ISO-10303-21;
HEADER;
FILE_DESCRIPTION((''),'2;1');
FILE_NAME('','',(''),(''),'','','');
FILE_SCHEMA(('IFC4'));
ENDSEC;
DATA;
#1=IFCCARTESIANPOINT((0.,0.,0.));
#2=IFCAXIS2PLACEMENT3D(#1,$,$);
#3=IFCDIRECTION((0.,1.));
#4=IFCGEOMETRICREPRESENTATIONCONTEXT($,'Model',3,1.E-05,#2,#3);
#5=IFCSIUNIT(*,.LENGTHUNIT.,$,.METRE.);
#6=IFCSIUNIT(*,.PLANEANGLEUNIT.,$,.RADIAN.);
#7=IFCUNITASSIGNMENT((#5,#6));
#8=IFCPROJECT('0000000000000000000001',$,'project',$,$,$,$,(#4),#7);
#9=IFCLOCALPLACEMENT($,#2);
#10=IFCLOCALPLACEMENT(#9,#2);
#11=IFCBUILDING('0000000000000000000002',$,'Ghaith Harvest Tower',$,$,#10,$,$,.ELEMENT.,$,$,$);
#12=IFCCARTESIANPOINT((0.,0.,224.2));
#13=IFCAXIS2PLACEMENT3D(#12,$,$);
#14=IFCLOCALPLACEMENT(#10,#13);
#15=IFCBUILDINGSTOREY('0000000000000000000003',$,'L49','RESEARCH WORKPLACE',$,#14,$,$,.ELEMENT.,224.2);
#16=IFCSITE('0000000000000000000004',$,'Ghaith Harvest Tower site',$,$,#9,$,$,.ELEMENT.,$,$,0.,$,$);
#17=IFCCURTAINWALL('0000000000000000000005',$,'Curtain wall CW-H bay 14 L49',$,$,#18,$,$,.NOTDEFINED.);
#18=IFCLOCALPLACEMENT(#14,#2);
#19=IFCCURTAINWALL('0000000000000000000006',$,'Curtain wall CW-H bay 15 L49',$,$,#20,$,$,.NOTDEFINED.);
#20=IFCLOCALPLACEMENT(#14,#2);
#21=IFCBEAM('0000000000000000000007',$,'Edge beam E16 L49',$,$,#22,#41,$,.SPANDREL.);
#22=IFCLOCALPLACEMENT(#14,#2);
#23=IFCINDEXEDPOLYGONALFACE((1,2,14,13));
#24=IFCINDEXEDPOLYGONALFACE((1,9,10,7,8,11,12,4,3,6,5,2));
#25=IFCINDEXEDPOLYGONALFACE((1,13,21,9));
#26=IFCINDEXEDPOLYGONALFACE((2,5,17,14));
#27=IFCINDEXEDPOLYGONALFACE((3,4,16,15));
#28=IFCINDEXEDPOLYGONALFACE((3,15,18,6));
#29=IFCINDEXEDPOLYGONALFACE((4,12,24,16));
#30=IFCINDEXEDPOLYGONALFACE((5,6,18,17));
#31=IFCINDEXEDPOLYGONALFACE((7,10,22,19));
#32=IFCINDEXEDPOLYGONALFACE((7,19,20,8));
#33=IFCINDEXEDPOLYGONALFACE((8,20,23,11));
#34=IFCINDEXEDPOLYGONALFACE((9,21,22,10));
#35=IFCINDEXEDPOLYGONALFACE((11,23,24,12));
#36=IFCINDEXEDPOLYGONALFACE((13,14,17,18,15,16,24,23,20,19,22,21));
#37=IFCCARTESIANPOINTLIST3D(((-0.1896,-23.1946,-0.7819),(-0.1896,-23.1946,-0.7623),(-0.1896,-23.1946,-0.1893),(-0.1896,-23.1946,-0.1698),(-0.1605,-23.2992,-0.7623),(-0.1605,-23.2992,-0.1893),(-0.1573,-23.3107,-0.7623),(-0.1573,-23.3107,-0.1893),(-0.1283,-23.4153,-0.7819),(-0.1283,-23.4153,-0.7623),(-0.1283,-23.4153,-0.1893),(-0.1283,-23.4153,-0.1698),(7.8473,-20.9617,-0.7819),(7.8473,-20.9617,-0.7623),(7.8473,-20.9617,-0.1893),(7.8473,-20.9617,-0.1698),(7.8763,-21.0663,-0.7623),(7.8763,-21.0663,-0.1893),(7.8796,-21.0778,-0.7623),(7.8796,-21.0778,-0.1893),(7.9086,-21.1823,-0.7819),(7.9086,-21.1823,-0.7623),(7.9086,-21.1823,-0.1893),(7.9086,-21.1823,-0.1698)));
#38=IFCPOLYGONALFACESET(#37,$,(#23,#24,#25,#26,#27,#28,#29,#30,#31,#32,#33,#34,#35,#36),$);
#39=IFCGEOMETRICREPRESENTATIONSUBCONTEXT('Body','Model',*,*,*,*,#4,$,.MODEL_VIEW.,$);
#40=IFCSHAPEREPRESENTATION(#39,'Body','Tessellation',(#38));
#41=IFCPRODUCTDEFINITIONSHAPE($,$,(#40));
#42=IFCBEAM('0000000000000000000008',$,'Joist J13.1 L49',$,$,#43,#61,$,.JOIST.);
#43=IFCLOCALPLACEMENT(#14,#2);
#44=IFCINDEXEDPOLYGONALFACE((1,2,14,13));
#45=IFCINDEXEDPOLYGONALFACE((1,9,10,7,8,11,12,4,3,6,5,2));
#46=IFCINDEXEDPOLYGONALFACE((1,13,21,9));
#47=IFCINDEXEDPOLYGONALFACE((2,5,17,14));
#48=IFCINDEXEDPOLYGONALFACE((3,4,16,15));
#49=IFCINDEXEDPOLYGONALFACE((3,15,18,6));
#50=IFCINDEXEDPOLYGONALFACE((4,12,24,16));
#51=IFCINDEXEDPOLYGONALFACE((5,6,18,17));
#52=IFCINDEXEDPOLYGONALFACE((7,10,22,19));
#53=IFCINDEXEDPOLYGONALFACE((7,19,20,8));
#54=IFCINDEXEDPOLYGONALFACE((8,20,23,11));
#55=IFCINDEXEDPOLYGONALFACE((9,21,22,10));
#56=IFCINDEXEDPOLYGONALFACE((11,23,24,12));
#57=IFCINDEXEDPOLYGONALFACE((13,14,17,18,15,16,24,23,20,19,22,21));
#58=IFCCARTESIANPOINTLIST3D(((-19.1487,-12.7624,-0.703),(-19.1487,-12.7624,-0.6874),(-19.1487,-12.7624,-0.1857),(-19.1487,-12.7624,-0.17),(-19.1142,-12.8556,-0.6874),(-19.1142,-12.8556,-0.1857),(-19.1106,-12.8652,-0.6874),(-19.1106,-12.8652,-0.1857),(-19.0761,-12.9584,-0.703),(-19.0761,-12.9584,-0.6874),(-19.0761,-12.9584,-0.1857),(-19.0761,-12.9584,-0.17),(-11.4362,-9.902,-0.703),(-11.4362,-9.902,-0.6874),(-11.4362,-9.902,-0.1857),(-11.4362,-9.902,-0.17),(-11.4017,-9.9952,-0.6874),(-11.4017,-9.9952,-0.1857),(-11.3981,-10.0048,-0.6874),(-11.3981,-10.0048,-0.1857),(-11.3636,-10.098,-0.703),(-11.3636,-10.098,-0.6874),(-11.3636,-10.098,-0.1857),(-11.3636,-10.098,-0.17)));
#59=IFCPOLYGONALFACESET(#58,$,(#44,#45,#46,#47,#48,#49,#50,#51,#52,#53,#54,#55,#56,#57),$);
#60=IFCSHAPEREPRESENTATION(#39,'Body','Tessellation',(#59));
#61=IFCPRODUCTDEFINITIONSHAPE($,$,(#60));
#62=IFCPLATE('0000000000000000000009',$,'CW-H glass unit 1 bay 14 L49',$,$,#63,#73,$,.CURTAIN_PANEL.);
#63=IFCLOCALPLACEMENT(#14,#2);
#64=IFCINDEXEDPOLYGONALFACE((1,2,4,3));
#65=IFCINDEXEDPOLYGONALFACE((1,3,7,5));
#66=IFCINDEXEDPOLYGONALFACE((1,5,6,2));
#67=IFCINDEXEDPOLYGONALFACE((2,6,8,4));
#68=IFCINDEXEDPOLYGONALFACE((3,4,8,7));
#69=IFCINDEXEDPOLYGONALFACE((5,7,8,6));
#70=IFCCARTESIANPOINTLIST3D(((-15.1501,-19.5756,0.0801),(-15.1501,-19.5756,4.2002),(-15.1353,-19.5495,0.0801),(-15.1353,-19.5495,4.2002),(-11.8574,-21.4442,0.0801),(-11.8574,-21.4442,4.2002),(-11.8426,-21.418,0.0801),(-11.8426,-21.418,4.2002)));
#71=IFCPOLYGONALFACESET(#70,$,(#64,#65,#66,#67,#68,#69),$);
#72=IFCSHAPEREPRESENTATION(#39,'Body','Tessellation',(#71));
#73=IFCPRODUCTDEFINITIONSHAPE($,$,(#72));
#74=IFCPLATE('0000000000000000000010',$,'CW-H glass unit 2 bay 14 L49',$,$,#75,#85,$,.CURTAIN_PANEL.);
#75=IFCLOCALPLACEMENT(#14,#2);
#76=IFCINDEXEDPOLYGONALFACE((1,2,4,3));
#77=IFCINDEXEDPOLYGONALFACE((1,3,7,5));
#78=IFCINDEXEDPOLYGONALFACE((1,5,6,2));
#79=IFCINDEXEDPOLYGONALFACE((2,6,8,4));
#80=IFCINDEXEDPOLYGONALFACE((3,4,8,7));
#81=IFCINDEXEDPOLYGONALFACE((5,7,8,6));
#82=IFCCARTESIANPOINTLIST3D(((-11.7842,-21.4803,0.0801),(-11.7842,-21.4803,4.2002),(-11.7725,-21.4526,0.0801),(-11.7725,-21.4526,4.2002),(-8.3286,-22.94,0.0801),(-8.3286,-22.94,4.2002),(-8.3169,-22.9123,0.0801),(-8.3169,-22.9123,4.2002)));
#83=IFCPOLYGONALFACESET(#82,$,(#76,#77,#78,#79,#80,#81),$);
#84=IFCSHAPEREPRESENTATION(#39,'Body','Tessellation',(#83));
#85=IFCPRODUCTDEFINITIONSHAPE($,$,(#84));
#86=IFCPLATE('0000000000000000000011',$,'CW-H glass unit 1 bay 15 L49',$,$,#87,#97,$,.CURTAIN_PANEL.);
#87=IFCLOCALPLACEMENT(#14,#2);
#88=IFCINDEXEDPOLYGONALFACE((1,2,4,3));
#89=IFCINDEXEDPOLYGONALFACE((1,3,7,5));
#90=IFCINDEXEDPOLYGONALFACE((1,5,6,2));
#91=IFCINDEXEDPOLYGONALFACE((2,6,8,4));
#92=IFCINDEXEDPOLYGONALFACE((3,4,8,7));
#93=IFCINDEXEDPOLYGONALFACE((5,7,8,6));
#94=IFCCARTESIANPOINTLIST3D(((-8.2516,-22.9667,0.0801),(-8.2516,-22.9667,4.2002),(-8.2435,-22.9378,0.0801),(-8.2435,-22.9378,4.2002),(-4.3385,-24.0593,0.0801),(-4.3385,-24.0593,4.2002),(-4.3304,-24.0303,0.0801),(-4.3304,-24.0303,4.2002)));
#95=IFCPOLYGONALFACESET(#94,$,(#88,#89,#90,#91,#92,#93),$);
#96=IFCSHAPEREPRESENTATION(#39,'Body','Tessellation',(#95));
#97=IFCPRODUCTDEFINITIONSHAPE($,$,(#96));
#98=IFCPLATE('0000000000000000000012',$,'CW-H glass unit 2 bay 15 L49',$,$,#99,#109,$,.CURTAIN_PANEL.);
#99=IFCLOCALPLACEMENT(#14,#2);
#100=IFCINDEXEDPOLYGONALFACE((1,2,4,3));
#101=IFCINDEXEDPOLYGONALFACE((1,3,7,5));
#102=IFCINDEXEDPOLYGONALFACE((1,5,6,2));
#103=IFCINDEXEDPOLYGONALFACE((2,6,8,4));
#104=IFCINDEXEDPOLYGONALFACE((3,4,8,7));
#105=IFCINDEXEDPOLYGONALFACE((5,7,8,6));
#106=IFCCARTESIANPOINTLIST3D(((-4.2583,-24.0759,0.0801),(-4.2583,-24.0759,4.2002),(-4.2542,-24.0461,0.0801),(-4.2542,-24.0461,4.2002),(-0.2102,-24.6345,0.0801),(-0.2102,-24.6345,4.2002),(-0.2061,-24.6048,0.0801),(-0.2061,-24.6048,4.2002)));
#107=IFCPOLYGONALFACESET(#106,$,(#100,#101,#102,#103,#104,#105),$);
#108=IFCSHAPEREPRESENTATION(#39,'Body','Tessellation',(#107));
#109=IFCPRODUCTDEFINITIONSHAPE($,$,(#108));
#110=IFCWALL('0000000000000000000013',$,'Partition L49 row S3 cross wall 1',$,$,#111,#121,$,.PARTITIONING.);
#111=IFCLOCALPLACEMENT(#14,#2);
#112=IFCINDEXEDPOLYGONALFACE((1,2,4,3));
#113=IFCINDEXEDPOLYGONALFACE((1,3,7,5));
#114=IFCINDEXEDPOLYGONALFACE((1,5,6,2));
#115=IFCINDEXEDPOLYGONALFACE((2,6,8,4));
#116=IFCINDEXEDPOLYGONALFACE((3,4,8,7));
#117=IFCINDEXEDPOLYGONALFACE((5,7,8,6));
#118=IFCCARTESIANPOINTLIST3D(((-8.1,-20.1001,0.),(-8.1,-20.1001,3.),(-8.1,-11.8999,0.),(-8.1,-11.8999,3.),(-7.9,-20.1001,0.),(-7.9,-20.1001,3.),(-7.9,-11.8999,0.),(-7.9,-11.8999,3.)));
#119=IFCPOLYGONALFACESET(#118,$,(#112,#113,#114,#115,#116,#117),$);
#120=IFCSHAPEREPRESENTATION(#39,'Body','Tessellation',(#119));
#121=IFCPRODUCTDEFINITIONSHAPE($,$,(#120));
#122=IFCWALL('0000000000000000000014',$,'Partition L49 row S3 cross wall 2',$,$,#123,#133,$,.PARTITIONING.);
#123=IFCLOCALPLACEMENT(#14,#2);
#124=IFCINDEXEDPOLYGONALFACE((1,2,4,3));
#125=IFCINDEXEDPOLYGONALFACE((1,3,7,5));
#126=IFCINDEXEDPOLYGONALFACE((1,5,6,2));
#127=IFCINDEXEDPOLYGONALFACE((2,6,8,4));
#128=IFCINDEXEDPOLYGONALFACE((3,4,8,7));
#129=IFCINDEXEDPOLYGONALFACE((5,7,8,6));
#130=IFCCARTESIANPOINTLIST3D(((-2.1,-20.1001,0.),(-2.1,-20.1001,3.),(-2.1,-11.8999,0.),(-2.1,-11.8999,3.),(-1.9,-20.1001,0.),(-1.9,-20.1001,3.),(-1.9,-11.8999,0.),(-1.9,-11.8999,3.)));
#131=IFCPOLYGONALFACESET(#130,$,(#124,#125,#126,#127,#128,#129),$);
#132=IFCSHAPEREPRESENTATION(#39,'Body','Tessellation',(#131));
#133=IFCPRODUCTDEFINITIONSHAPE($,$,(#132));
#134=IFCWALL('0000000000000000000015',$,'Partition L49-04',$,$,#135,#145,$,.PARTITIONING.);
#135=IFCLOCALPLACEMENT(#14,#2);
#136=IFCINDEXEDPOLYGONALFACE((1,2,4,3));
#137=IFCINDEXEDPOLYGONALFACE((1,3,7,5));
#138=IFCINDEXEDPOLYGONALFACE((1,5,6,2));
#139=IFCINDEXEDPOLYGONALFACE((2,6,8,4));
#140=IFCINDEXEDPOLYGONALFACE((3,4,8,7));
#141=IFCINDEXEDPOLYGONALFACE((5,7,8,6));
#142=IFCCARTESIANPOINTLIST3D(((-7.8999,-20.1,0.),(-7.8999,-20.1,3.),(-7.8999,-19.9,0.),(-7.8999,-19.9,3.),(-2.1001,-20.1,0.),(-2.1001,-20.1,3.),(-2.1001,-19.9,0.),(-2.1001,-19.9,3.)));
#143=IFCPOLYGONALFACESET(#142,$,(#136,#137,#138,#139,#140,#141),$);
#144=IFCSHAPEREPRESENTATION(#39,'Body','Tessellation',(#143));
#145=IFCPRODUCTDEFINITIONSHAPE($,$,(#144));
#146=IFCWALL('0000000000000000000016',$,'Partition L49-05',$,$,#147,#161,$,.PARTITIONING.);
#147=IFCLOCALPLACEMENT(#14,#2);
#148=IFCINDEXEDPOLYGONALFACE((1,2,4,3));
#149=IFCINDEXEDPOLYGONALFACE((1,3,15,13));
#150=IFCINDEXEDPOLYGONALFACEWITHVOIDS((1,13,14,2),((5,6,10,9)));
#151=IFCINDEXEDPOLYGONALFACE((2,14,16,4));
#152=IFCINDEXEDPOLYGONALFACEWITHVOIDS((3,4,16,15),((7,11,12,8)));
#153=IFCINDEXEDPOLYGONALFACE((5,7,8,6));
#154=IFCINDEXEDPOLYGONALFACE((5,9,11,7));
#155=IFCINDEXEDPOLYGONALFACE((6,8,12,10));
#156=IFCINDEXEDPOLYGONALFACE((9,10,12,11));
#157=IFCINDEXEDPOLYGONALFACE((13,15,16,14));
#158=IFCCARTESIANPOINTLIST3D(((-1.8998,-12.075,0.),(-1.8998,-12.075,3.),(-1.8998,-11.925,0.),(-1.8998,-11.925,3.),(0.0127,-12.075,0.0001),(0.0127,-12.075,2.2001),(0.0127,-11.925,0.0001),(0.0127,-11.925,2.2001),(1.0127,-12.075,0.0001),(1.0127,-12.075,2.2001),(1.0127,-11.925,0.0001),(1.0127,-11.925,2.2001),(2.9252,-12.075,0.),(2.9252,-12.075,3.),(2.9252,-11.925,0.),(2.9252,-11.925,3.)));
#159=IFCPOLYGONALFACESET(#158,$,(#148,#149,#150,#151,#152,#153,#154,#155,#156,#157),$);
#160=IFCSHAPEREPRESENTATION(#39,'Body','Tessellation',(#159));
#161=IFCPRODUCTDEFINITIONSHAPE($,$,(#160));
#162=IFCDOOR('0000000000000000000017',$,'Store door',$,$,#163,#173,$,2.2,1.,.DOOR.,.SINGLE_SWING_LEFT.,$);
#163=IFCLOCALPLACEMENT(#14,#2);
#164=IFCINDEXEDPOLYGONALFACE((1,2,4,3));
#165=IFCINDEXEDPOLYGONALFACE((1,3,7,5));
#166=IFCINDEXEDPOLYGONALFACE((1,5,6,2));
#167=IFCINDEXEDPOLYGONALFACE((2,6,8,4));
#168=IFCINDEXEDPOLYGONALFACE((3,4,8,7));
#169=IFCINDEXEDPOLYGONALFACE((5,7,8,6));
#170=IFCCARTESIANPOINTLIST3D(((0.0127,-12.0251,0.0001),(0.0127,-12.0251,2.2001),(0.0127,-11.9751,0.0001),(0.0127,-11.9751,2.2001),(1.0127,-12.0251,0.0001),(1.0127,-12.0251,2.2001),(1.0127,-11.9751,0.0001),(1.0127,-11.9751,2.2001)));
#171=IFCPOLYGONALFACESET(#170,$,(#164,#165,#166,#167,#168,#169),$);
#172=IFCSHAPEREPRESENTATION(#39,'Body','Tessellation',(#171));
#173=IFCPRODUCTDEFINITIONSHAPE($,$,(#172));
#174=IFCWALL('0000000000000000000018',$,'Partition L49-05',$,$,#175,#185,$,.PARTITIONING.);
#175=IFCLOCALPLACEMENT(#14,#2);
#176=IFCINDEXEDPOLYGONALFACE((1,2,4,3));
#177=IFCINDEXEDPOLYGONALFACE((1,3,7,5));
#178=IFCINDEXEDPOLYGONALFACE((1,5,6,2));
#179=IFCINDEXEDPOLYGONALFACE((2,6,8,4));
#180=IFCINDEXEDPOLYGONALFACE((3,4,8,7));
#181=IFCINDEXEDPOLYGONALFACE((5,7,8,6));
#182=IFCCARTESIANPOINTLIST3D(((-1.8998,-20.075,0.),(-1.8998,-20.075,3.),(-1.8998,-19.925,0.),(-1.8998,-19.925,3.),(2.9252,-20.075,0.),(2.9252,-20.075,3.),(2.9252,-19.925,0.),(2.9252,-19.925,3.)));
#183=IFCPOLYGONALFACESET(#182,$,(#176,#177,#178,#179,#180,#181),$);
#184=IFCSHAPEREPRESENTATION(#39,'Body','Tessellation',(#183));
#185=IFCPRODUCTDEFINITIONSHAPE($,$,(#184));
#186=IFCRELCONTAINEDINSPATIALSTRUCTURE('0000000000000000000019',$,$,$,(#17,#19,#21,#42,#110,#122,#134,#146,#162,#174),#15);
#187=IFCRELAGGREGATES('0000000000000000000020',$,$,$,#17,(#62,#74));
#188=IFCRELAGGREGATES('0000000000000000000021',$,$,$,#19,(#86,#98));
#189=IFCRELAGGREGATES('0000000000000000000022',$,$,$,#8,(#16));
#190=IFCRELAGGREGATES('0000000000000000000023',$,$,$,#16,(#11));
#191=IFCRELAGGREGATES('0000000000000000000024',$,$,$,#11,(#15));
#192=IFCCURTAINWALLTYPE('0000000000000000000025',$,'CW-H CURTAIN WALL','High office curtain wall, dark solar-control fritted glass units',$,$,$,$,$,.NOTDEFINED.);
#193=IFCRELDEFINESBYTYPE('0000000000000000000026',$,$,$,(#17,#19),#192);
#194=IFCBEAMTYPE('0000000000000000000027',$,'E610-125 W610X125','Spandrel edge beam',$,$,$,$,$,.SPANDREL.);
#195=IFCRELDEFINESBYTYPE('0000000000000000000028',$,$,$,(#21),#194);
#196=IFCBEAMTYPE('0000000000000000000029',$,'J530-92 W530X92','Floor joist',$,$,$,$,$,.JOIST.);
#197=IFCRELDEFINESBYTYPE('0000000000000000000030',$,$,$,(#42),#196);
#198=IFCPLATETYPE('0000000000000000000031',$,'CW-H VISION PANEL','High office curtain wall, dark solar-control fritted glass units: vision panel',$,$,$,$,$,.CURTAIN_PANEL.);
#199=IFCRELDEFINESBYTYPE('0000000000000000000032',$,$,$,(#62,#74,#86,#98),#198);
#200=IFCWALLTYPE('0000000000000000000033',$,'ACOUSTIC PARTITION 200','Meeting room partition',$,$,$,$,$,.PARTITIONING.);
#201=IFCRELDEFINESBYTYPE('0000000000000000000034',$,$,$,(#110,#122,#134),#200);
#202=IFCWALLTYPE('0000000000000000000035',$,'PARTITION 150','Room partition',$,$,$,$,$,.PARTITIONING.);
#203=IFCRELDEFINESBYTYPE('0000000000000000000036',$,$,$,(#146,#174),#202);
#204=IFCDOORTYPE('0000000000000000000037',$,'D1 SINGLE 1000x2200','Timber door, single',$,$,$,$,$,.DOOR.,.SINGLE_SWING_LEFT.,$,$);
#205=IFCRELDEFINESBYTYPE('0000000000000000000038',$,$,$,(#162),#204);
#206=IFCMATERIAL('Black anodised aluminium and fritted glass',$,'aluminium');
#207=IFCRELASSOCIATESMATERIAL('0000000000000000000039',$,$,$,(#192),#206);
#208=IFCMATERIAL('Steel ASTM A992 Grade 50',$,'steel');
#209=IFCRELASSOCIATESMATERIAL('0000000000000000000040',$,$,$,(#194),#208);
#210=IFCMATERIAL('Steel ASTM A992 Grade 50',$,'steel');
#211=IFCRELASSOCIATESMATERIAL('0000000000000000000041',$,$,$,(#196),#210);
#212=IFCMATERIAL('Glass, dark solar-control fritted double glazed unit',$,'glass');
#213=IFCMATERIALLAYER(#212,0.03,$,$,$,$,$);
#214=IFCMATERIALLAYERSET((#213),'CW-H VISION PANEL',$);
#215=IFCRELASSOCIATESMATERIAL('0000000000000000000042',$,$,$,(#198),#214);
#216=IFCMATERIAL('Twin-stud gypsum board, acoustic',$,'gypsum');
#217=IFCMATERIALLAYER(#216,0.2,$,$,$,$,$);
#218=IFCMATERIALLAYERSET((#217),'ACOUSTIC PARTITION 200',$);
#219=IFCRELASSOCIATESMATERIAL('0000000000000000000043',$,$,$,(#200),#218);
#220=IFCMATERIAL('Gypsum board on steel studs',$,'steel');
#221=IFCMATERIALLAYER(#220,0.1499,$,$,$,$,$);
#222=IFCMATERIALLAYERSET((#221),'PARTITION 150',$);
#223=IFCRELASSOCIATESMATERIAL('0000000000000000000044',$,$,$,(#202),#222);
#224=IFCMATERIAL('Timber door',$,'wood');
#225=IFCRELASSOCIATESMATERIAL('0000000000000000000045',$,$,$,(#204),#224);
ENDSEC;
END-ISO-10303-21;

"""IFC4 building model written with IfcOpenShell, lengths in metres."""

from ifc_helpers import new_model, si_unit, direction, frame, frame_2d, origin, origin_2d, place, context, subcontext, project, spatial, rectangle, i_section, extrude, material, layer, layer_set, material_profile, profile_set, type_object, element, fill, aggregate, save


model = new_model("IFC4")

# Units and contexts
model_context = context("Model", 3, precision=1e-05, world=origin(), true_north=direction((0.0, 1.0)))
body_context = subcontext(model_context, "Body", "Model", "MODEL_VIEW")
ifc_project = project(units=[si_unit("LENGTHUNIT", "METRE"), si_unit("PLANEANGLEUNIT", "RADIAN")], contexts=[model_context])

# Site, building, storey
site_placement = place(None, origin())
site = spatial("IfcSite", under=ifc_project, at=site_placement, Name="Ghaith Harvest Tower site", CompositionType="ELEMENT", RefElevation=0.0)
building_placement = place(site_placement, origin())
building = spatial("IfcBuilding", under=site, at=building_placement, Name="Ghaith Harvest Tower", CompositionType="ELEMENT")
storey_placement = place(building_placement, frame((0.0, 0.0, 224.2)))
storey = spatial("IfcBuildingStorey", under=building, at=storey_placement, Name="L49", Description="RESEARCH WORKPLACE", CompositionType="ELEMENT", Elevation=224.2)

# Curtain wall
ifc_material_1 = material(Name="Black anodised aluminium and fritted glass", Category="aluminium")
curtain_wall_type = type_object("IfcCurtainWallType", Name="CW-H CURTAIN WALL", Description="High office curtain wall, dark solar-control fritted glass units", PredefinedType="NOTDEFINED", material=ifc_material_1)
curtain_wall_1_placement = place(storey_placement, origin())
curtain_wall_1 = element("IfcCurtainWall", 1, at=curtain_wall_1_placement, inside=storey, type_object=curtain_wall_type, Name="Curtain wall CW-H bay 14 L49", PredefinedType="NOTDEFINED")

# Curtain wall
curtain_wall_2_placement = place(storey_placement, origin())
curtain_wall_2 = element("IfcCurtainWall", 2, at=curtain_wall_2_placement, inside=storey, type_object=curtain_wall_type, Name="Curtain wall CW-H bay 15 L49", PredefinedType="NOTDEFINED")

# Beams
ifc_material_2 = material(Name="Steel ASTM A992 Grade 50", Category="steel")
ifc_material_profile_1 = material_profile(ifc_material_2, i_section(OverallWidth=0.229, OverallDepth=0.6121, WebThickness=0.012, FlangeThickness=0.0195, at=origin_2d()), Name="W610X125")
ifc_profile_set_1 = profile_set([ifc_material_profile_1], Name="Steel ASTM A992 Grade 50")
beam_type_1 = type_object("IfcBeamType", Name="E610-125 W610X125", Description="Spandrel edge beam", PredefinedType="SPANDREL", material=ifc_profile_set_1)
beam_1_placement = place(storey_placement, frame((-0.1589, -23.3049, -0.4758), z_axis=(0.963504, 0.267694, 0.0), x_axis=(-0.267694, 0.963504, 0.0)))
element("IfcBeam", 3, at=beam_1_placement, inside=storey, type_object=beam_type_1, Name="Edge beam E16 L49", PredefinedType="SPANDREL", context=body_context, shape_type="SweptSolid", body=[
    extrude(i_section(OverallWidth=0.229, OverallDepth=0.6121, WebThickness=0.012, FlangeThickness=0.0195, at=origin_2d()), origin(), (0.0, 0.0, 1.0), 8.3413),
])
ifc_material_3 = material(Name="Steel ASTM A992 Grade 50", Category="steel")
ifc_material_profile_2 = material_profile(ifc_material_3, i_section(OverallWidth=0.209, OverallDepth=0.533, WebThickness=0.0103, FlangeThickness=0.0156, at=origin_2d()), Name="W530X92")
ifc_profile_set_2 = profile_set([ifc_material_profile_2], Name="Steel ASTM A992 Grade 50")
beam_type_2 = type_object("IfcBeamType", Name="J530-92 W530X92", Description="Floor joist", PredefinedType="JOIST", material=ifc_profile_set_2)
beam_2_placement = place(storey_placement, frame((-11.3999, -10.0, -0.4365), z_axis=(-0.937594, -0.347732, 0.0), x_axis=(0.347732, -0.937594, 0.0)))
element("IfcBeam", 4, at=beam_2_placement, inside=storey, type_object=beam_type_2, Name="Joist J13.1 L49", PredefinedType="JOIST", context=body_context, shape_type="SweptSolid", body=[
    extrude(i_section(OverallWidth=0.209, OverallDepth=0.533, WebThickness=0.0103, FlangeThickness=0.0156, at=origin_2d()), origin(), (0.0, 0.0, 1.0), 8.2258),
])

# Plates
ifc_material_4 = material(Name="Glass, dark solar-control fritted double glazed unit", Category="glass")
ifc_layer_1 = layer(ifc_material_4, 0.03)
ifc_layer_set_1 = layer_set([ifc_layer_1], Name="CW-H VISION PANEL")
plate_type = type_object("IfcPlateType", Name="CW-H VISION PANEL", Description="High office curtain wall, dark solar-control fritted glass units: vision panel", PredefinedType="CURTAIN_PANEL", material=ifc_layer_set_1)
plate_1_placement = place(storey_placement, frame((-13.4963, -20.4968, 0.0801), z_axis=(0.0, 0.0, 1.0), x_axis=(0.869715, -0.493554, 0.0)))
plate_1 = element("IfcPlate", 5, at=plate_1_placement, type_object=plate_type, Name="CW-H glass unit 1 bay 14 L49", PredefinedType="CURTAIN_PANEL", context=body_context, shape_type="SweptSolid", body=[
    extrude(rectangle(XDim=3.7859, YDim=0.03, at=origin_2d()), origin(), (0.0, 0.0, 1.0), 4.1201),
])
plate_2_placement = place(storey_placement, frame((-10.0505, -22.1963, 0.0801), z_axis=(0.0, 0.0, 1.0), x_axis=(0.921182, -0.389133, 0.0)))
plate_2 = element("IfcPlate", 6, at=plate_2_placement, type_object=plate_type, Name="CW-H glass unit 2 bay 14 L49", PredefinedType="CURTAIN_PANEL", context=body_context, shape_type="SweptSolid", body=[
    extrude(rectangle(XDim=3.7512, YDim=0.03, at=origin_2d()), origin(), (0.0, 0.0, 1.0), 4.1201),
])
aggregate(curtain_wall_1, [plate_1, plate_2])
plate_3_placement = place(storey_placement, frame((-6.291, -23.4985, 0.0801), z_axis=(0.0, 0.0, 1.0), x_axis=(0.963163, -0.268919, 0.0)))
plate_3 = element("IfcPlate", 7, at=plate_3_placement, type_object=plate_type, Name="CW-H glass unit 1 bay 15 L49", PredefinedType="CURTAIN_PANEL", context=body_context, shape_type="SweptSolid", body=[
    extrude(rectangle(XDim=4.0627, YDim=0.03, at=origin_2d()), origin(), (0.0, 0.0, 1.0), 4.1201),
])
plate_4_placement = place(storey_placement, frame((-2.2322, -24.3403, 0.0801), z_axis=(0.0, 0.0, 1.0), x_axis=(0.990612, -0.136702, 0.0)))
plate_4 = element("IfcPlate", 8, at=plate_4_placement, type_object=plate_type, Name="CW-H glass unit 2 bay 15 L49", PredefinedType="CURTAIN_PANEL", context=body_context, shape_type="SweptSolid", body=[
    extrude(rectangle(XDim=4.0864, YDim=0.03, at=origin_2d()), origin(), (0.0, 0.0, 1.0), 4.1201),
])
aggregate(curtain_wall_2, [plate_3, plate_4])

# Walls
ifc_material_5 = material(Name="Twin-stud gypsum board, acoustic", Category="gypsum")
ifc_layer_2 = layer(ifc_material_5, 0.2)
ifc_layer_set_2 = layer_set([ifc_layer_2], Name="ACOUSTIC PARTITION 200")
wall_type_1 = type_object("IfcWallType", Name="ACOUSTIC PARTITION 200", Description="Meeting room partition", PredefinedType="PARTITIONING", material=ifc_layer_set_2)
for number, where, z_axis, x_axis, name in (
    (9, (-8.0, -11.8999, 0.0), (0.0, 0.0, 1.0), (0.0, -1.0, 0.0), "Partition L49 row S3 cross wall 1"),
    (10, (-2.0, -11.8999, 0.0), (0.0, 0.0, 1.0), (0.0, -1.0, 0.0), "Partition L49 row S3 cross wall 2"),
):
    element("IfcWall", number, at=place(storey_placement, frame(where, z_axis=z_axis, x_axis=x_axis)), inside=storey, type_object=wall_type_1, Name=name, PredefinedType="PARTITIONING", context=body_context, shape_type="SweptSolid", body=[
        extrude(rectangle(XDim=8.2002, YDim=0.2, at=frame_2d((4.1001, 0.0))), origin(), (0.0, 0.0, 1.0), 3.0),
    ])

# Wall
wall_1_placement = place(storey_placement, frame((-7.8999, -20.0, 0.0), z_axis=(0.0, 0.0, 1.0), x_axis=(1.0, 0.0, 0.0)))
element("IfcWall", 11, at=wall_1_placement, inside=storey, type_object=wall_type_1, Name="Partition L49-04", PredefinedType="PARTITIONING", context=body_context, shape_type="SweptSolid", body=[
    extrude(rectangle(XDim=5.7998, YDim=0.2, at=frame_2d((2.8999, 0.0))), origin(), (0.0, 0.0, 1.0), 3.0),
])

# Wall, opening, door
ifc_material_6 = material(Name="Gypsum board on steel studs", Category="steel")
ifc_layer_3 = layer(ifc_material_6, 0.1499)
ifc_layer_set_3 = layer_set([ifc_layer_3], Name="PARTITION 150")
wall_type_2 = type_object("IfcWallType", Name="PARTITION 150", Description="Room partition", PredefinedType="PARTITIONING", material=ifc_layer_set_3)
wall_2_placement = place(storey_placement, frame((-1.8999, -12.0, 0.0), z_axis=(0.0, 0.0, 1.0), x_axis=(1.0, 0.0, 0.0)))
wall_2 = element("IfcWall", 12, at=wall_2_placement, inside=storey, type_object=wall_type_2, Name="Partition L49-05", PredefinedType="PARTITIONING", context=body_context, shape_type="SweptSolid", body=[
    extrude(rectangle(XDim=4.825, YDim=0.1499, at=frame_2d((2.4126, 0.0))), origin(), (0.0, 0.0, 1.0), 3.0),
])
opening_1_placement = place(wall_2_placement, frame((1.9126, 0.0, 0.0)))
opening_1 = element("IfcOpeningElement", 13, at=opening_1_placement, cuts=wall_2, PredefinedType="OPENING", context=body_context, shape_type="SweptSolid", body=[
    extrude(rectangle(XDim=1.0, YDim=2.2, at=frame_2d((0.5, 1.1001))), frame((0.0, 0.085, 0.0), z_axis=(0.0, -1.0, 0.0), x_axis=(1.0, 0.0, 0.0)), (0.0, 0.0, 1.0), 0.1699),
])
ifc_material_7 = material(Name="Timber door", Category="wood")
door_type_1 = type_object("IfcDoorType", Name="D1 SINGLE 1000x2200", Description="Timber door, single", OperationType="SINGLE_SWING_LEFT", PredefinedType="DOOR", material=ifc_material_7)
door_1_placement = place(opening_1_placement, origin())
door_1 = element("IfcDoor", 14, at=door_1_placement, inside=storey, type_object=door_type_1, Name="Store door", OperationType="SINGLE_SWING_LEFT", OverallHeight=2.2, OverallWidth=1.0, PredefinedType="DOOR", context=body_context, shape_type="SweptSolid", body=[
    extrude(rectangle(XDim=1.0, YDim=2.2, at=frame_2d((0.5, 1.1001))), frame((0.0, 0.0249, 0.0), z_axis=(0.0, -1.0, 0.0), x_axis=(1.0, 0.0, 0.0)), (0.0, 0.0, 1.0), 0.05),
])
fill(opening_1, door_1)

# Wall
wall_3_placement = place(storey_placement, frame((-1.8999, -20.0, 0.0), z_axis=(0.0, 0.0, 1.0), x_axis=(1.0, 0.0, 0.0)))
element("IfcWall", 15, at=wall_3_placement, inside=storey, type_object=wall_type_2, Name="Partition L49-05", PredefinedType="PARTITIONING", context=body_context, shape_type="SweptSolid", body=[
    extrude(rectangle(XDim=4.825, YDim=0.1499, at=frame_2d((2.4126, 0.0))), origin(), (0.0, 0.0, 1.0), 3.0),
])

save(model, "model.ifc")
